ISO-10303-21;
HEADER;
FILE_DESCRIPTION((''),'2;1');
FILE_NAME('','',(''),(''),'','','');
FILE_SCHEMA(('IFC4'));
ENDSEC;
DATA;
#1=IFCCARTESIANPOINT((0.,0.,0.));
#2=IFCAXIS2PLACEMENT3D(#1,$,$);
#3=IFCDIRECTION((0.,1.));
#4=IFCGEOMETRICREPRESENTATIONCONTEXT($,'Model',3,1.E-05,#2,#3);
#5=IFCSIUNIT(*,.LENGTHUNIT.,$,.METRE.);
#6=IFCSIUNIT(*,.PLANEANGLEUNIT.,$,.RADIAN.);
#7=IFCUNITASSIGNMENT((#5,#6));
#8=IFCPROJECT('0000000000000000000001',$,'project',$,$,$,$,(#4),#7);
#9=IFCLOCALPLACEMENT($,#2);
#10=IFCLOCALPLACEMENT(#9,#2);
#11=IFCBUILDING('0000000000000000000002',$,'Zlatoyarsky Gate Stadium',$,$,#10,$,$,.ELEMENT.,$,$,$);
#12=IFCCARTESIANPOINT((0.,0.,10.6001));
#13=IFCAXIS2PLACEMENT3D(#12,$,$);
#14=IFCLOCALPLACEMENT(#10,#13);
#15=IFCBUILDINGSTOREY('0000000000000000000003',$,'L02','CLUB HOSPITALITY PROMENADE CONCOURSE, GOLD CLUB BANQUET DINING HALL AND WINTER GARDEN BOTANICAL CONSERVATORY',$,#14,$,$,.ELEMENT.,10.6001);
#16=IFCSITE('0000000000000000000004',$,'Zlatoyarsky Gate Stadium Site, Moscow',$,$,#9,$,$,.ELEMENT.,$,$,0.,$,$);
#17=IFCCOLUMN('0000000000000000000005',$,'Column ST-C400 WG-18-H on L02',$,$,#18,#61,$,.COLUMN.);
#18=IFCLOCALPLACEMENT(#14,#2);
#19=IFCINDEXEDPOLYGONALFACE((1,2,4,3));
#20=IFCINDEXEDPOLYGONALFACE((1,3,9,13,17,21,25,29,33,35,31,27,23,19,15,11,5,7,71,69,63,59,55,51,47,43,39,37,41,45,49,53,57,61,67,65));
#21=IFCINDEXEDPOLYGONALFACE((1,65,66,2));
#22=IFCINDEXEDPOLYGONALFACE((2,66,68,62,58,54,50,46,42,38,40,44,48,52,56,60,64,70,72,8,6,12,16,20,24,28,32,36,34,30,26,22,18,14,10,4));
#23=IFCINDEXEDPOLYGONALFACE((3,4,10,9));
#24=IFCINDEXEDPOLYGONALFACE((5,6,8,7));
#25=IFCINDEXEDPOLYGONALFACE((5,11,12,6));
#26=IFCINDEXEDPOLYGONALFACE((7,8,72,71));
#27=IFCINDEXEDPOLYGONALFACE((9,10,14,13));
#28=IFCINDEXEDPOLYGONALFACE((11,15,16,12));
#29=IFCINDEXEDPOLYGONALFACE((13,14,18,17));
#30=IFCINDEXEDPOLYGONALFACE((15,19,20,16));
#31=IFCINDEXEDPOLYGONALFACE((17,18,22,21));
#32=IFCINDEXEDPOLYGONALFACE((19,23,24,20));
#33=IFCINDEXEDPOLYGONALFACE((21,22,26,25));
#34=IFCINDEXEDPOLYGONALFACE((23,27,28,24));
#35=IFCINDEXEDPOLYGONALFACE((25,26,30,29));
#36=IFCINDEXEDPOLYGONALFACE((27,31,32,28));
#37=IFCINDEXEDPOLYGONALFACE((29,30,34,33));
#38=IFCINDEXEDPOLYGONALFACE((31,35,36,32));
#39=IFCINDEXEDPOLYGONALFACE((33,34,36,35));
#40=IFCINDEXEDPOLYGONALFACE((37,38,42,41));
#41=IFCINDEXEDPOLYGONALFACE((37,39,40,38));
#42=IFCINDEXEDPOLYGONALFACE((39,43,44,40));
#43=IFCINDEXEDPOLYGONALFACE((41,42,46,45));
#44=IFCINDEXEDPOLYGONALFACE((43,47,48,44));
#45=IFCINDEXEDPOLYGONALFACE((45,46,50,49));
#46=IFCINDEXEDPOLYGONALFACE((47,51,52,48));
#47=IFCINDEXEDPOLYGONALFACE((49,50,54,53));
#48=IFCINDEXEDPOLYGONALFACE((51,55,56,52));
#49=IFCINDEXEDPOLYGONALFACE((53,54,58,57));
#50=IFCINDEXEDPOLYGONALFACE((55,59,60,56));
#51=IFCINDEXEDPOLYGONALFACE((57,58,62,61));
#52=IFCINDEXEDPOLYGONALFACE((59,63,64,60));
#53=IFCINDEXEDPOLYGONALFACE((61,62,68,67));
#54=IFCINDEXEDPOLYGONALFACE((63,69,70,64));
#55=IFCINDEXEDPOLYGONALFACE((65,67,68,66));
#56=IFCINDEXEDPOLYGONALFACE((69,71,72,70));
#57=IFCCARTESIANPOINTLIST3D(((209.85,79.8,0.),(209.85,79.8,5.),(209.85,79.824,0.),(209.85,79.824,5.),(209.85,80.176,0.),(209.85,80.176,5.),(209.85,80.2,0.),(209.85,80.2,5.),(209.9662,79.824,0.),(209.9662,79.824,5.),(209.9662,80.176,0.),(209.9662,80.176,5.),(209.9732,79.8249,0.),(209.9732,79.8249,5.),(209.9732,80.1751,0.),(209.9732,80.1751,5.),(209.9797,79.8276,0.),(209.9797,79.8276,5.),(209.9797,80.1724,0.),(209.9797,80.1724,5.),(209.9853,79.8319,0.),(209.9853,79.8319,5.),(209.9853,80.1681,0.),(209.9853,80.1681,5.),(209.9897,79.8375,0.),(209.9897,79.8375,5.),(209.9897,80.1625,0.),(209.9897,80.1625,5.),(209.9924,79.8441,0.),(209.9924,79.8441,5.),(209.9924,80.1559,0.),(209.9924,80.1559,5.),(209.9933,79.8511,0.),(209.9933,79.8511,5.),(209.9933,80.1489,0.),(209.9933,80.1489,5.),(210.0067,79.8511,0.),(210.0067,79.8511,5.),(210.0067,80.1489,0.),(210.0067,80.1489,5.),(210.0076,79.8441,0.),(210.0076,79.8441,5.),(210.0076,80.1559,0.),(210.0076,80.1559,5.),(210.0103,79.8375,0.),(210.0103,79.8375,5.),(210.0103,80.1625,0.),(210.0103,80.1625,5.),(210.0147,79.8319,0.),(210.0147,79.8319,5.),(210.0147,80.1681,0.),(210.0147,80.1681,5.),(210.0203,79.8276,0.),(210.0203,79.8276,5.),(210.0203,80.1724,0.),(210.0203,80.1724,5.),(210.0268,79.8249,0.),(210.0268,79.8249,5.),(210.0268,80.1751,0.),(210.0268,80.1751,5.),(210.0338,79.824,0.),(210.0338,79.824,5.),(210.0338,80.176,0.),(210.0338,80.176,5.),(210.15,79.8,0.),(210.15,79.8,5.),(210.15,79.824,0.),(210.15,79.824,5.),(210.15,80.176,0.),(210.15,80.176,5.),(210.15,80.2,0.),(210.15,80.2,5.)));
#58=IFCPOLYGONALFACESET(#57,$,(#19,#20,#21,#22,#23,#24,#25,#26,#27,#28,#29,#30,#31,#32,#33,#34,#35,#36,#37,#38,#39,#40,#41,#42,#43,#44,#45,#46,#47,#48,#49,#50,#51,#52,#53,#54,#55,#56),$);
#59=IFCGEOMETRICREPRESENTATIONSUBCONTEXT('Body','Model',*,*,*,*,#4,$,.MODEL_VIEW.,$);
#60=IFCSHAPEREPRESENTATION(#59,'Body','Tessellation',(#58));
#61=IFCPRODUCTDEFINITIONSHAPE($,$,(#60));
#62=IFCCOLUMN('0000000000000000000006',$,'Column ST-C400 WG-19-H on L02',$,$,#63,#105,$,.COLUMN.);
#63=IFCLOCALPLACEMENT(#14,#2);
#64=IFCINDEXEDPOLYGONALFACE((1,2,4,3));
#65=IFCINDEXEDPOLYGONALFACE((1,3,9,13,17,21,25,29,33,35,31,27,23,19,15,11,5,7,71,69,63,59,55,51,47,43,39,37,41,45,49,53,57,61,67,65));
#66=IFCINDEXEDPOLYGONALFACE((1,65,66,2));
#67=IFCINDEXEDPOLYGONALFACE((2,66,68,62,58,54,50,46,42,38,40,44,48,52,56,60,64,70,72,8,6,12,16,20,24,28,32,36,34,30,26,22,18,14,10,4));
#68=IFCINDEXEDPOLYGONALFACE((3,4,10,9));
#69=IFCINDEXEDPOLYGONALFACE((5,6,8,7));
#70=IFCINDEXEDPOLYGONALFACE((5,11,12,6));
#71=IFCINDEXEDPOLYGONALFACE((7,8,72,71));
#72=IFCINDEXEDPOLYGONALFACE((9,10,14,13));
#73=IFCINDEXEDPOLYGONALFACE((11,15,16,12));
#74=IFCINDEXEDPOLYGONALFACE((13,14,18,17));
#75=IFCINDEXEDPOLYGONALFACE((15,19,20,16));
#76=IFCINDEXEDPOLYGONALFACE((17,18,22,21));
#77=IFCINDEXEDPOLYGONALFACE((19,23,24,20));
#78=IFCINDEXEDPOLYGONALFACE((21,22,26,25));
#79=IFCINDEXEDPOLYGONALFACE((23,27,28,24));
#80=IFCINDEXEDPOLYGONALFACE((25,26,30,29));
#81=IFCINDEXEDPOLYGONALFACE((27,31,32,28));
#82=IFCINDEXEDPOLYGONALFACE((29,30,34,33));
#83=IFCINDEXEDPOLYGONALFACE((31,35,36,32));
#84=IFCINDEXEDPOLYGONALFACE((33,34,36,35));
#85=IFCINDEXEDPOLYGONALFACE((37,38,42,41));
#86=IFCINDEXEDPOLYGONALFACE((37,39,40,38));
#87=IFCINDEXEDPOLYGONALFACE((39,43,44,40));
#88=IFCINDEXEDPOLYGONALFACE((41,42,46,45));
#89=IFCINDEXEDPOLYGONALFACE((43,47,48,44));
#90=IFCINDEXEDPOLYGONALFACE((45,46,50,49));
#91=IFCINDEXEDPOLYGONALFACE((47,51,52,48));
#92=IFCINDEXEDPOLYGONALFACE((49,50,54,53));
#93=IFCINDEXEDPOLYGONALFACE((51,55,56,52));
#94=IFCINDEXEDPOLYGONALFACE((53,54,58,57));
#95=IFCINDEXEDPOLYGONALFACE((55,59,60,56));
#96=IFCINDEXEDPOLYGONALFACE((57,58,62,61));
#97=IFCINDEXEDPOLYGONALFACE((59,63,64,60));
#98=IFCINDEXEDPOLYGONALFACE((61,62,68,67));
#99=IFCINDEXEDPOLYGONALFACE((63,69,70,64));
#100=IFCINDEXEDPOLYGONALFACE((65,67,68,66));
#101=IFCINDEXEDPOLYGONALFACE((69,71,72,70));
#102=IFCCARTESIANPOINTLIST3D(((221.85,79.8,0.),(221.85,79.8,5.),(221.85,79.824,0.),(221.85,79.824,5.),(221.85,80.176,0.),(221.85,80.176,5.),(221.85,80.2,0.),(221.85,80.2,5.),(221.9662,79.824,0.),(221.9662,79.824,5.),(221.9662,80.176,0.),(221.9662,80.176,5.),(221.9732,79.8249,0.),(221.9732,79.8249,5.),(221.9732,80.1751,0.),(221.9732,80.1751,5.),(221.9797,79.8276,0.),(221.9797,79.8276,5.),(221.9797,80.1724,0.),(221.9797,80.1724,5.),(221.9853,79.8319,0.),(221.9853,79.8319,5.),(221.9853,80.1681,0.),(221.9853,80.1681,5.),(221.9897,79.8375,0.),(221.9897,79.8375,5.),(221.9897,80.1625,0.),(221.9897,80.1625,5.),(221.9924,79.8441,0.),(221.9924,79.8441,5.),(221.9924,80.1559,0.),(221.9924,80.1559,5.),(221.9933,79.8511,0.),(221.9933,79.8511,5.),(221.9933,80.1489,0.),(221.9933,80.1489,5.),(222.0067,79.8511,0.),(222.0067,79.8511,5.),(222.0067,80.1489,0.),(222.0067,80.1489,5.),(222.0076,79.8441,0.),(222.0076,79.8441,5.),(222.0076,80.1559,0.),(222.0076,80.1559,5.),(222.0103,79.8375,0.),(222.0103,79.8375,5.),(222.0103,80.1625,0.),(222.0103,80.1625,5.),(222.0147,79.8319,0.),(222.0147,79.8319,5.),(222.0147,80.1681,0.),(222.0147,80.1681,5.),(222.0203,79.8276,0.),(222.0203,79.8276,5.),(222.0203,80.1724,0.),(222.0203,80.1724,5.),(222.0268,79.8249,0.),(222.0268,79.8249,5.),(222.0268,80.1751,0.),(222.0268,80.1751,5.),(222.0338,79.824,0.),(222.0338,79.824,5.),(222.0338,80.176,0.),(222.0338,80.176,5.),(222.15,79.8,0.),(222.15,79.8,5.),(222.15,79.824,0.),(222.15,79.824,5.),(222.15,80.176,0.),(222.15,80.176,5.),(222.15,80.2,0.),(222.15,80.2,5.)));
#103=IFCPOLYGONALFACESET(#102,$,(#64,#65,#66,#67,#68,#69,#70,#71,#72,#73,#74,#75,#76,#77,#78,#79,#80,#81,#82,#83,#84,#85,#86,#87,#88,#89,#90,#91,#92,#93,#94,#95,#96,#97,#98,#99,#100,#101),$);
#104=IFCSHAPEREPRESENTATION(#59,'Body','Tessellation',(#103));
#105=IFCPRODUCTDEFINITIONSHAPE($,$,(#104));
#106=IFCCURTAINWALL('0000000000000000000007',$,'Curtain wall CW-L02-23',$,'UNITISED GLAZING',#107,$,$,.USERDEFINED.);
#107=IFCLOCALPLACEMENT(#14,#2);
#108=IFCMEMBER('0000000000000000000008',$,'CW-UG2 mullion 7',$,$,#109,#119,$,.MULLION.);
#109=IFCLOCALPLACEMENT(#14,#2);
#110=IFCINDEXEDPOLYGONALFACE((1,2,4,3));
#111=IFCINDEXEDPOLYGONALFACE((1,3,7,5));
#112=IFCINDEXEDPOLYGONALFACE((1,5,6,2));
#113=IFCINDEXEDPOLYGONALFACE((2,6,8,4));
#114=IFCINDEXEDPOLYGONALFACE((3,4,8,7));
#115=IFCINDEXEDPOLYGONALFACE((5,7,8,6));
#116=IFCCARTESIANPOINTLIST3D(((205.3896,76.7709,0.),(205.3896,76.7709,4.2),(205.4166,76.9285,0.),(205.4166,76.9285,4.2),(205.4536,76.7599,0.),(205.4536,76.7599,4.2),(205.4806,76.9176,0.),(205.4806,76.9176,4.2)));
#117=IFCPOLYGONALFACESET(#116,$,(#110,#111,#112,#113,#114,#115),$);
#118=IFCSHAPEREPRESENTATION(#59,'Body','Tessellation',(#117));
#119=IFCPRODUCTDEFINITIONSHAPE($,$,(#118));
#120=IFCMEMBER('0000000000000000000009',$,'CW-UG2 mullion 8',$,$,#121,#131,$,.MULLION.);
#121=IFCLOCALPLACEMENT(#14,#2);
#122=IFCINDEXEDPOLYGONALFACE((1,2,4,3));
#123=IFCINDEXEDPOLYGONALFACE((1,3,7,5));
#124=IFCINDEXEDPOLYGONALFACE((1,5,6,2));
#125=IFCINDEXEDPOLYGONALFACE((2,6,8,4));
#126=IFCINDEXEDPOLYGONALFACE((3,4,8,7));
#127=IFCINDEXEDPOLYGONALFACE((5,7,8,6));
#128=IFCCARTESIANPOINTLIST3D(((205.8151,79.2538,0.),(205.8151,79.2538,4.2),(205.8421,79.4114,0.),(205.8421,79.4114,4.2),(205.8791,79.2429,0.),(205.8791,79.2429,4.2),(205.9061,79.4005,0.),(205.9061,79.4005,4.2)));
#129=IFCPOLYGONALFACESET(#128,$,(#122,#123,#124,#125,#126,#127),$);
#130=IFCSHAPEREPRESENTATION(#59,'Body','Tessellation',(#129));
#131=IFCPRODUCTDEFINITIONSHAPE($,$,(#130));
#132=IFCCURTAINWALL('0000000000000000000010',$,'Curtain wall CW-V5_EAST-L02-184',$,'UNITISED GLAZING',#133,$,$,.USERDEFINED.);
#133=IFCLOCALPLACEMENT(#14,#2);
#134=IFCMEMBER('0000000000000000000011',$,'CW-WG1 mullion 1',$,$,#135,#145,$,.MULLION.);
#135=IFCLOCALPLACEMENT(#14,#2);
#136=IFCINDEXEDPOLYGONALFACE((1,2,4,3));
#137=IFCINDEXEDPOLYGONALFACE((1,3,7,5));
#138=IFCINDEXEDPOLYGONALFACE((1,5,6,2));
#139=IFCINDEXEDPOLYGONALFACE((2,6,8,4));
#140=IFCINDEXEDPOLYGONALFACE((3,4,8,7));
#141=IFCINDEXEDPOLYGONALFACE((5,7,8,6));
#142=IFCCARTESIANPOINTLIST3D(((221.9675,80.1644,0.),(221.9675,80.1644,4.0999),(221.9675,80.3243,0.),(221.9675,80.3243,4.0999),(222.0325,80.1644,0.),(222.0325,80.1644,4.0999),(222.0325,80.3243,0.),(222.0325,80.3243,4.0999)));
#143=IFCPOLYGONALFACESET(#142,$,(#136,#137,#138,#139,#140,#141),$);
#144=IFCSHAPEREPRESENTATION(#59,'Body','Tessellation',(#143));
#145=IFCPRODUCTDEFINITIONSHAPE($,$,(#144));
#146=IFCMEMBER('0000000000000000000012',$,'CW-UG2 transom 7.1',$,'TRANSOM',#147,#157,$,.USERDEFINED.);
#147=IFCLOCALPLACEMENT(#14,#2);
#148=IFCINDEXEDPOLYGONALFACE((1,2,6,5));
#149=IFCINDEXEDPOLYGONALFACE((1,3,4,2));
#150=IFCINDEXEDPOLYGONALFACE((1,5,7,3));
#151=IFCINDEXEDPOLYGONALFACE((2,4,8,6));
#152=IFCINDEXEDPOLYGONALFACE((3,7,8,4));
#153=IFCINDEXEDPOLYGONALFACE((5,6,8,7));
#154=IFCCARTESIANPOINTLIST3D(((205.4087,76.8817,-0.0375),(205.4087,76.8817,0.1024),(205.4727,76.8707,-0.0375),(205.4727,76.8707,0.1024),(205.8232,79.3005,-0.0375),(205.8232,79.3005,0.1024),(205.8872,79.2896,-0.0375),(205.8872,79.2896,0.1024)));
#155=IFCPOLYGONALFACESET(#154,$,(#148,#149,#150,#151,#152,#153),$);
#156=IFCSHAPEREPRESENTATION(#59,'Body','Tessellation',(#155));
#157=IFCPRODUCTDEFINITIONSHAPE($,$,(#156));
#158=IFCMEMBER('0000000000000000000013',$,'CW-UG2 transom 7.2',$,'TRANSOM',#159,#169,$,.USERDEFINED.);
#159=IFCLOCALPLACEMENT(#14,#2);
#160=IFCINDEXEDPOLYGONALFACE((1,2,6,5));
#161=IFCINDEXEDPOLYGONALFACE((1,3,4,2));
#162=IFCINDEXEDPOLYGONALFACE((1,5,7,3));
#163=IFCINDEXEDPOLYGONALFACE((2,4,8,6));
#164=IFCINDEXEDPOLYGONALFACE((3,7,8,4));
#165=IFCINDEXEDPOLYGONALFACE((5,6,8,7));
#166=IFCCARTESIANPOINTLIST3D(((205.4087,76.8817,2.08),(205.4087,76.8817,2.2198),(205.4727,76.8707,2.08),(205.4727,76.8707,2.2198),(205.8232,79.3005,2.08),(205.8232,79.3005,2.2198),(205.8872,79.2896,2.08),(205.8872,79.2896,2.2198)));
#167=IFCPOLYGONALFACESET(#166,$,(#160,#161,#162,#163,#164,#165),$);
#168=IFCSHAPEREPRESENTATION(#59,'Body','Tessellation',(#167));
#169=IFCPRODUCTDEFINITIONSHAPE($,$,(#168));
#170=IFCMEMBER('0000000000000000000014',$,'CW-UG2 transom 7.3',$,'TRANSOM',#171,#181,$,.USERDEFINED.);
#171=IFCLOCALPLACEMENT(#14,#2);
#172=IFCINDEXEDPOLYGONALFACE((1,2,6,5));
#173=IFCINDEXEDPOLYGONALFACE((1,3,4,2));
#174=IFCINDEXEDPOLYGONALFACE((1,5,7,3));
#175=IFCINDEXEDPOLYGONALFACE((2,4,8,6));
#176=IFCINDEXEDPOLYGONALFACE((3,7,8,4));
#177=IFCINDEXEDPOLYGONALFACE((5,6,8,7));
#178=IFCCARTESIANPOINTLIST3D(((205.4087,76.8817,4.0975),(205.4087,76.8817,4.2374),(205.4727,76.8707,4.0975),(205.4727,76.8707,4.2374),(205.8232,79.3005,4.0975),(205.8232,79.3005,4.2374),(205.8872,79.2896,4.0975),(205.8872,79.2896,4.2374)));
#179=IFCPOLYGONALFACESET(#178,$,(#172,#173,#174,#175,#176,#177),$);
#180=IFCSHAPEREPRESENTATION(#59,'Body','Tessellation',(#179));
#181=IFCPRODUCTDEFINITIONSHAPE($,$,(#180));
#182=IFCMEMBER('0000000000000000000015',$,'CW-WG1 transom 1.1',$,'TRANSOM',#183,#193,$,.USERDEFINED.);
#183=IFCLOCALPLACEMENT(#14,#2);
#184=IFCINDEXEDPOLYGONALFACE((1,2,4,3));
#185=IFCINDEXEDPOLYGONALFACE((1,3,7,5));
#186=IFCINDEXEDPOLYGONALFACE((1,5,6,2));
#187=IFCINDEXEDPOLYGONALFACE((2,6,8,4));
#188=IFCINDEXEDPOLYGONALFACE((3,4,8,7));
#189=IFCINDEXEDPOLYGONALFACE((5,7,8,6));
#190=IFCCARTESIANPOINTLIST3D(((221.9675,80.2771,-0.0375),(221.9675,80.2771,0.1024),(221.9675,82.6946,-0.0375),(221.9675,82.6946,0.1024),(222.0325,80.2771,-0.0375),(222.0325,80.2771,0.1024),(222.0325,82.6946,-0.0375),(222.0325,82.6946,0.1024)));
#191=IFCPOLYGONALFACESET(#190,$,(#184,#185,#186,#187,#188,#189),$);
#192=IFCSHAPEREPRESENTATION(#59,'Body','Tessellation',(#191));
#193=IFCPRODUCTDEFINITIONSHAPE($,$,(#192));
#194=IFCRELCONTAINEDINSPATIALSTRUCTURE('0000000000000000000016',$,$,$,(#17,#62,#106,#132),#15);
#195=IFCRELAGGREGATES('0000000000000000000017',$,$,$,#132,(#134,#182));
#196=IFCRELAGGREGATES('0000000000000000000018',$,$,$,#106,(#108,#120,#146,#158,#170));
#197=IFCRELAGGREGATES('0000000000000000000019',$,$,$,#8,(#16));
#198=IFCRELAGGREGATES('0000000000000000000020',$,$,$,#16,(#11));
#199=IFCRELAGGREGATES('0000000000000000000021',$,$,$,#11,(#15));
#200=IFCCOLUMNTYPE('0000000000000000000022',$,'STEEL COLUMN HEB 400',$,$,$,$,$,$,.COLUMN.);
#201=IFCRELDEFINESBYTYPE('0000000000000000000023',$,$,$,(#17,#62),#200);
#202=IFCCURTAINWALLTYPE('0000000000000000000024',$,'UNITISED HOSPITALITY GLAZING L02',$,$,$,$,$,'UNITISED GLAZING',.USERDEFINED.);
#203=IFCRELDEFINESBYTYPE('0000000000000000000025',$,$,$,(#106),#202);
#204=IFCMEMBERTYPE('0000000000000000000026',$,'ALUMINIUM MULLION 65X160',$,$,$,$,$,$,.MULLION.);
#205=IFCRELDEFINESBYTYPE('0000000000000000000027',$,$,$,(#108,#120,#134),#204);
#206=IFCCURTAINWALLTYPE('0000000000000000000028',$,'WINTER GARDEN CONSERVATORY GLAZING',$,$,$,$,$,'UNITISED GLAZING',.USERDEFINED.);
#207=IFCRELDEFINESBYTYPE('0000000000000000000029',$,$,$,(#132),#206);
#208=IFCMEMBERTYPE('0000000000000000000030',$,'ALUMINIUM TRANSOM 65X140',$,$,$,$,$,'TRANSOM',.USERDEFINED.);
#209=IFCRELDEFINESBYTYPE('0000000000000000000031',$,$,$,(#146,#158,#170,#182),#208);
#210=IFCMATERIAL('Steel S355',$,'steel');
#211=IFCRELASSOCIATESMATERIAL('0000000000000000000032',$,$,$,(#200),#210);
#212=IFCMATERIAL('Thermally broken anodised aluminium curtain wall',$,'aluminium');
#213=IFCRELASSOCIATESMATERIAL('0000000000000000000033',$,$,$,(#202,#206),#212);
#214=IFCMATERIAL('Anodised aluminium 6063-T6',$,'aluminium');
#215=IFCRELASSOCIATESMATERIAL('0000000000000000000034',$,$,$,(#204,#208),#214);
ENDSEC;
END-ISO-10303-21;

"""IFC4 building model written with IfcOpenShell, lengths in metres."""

from ifc_helpers import new_model, si_unit, direction, frame, origin, origin_2d, place, context, subcontext, project, spatial, rectangle, i_section, extrude, material, material_profile, profile_set, type_object, element, aggregate, save


model = new_model("IFC4")

# Units and contexts
model_context = context("Model", 3, precision=1e-05, world=origin(), true_north=direction((0.0, 1.0)))
body_context = subcontext(model_context, "Body", "Model", "MODEL_VIEW")
ifc_project = project(units=[si_unit("LENGTHUNIT", "METRE"), si_unit("PLANEANGLEUNIT", "RADIAN")], contexts=[model_context])

# Site, building, storey
site_placement = place(None, origin())
site = spatial("IfcSite", under=ifc_project, at=site_placement, Name="Zlatoyarsky Gate Stadium Site, Moscow", CompositionType="ELEMENT", RefElevation=0.0)
building_placement = place(site_placement, origin())
building = spatial("IfcBuilding", under=site, at=building_placement, Name="Zlatoyarsky Gate Stadium", CompositionType="ELEMENT")
storey_placement = place(building_placement, frame((0.0, 0.0, 10.6001)))
storey = spatial("IfcBuildingStorey", under=building, at=storey_placement, Name="L02", Description="CLUB HOSPITALITY PROMENADE CONCOURSE, GOLD CLUB BANQUET DINING HALL AND WINTER GARDEN BOTANICAL CONSERVATORY", CompositionType="ELEMENT", Elevation=10.6001)

# Columns
ifc_material_1 = material(Name="Steel S355", Category="steel")
ifc_material_profile_1 = material_profile(ifc_material_1, i_section(OverallWidth=0.3, OverallDepth=0.3999, WebThickness=0.0134, FlangeThickness=0.0239, FilletRadius=0.0271, at=origin_2d()), Name="HEB 400")
ifc_profile_set_1 = profile_set([ifc_material_profile_1], Name="Steel S355")
column_type = type_object("IfcColumnType", Name="STEEL COLUMN HEB 400", PredefinedType="COLUMN", material=ifc_profile_set_1)
for number, where, z_axis, x_axis, name in (
    (1, (210.0, 80.0, 0.0), (0.0, 0.0, 1.0), (1.0, 0.0, 0.0), "Column ST-C400 WG-18-H on L02"),
    (2, (222.0, 80.0, 0.0), (0.0, 0.0, 1.0), (1.0, 0.0, 0.0), "Column ST-C400 WG-19-H on L02"),
):
    element("IfcColumn", number, at=place(storey_placement, frame(where, z_axis=z_axis, x_axis=x_axis)), inside=storey, type_object=column_type, Name=name, PredefinedType="COLUMN", context=body_context, shape_type="SweptSolid", body=[
        extrude(i_section(OverallWidth=0.3, OverallDepth=0.3999, WebThickness=0.0134, FlangeThickness=0.0239, FilletRadius=0.0271, at=origin_2d()), origin(), (0.0, 0.0, 1.0), 5.0),
    ])

# Curtain wall, members
ifc_material_2 = material(Name="Thermally broken anodised aluminium curtain wall", Category="aluminium")
curtain_wall_type_1 = type_object("IfcCurtainWallType", Name="UNITISED HOSPITALITY GLAZING L02", ElementType="UNITISED GLAZING", PredefinedType="USERDEFINED", material=ifc_material_2)
curtain_wall_1_placement = place(storey_placement, origin())
curtain_wall_1 = element("IfcCurtainWall", 3, at=curtain_wall_1_placement, inside=storey, type_object=curtain_wall_type_1, Name="Curtain wall CW-L02-23", ObjectType="UNITISED GLAZING", PredefinedType="USERDEFINED")
ifc_material_3 = material(Name="Anodised aluminium 6063-T6", Category="aluminium")
ifc_material_profile_2 = material_profile(ifc_material_3, rectangle(XDim=0.0649, YDim=0.1599, at=origin_2d()), Name="ALU 65X160")
ifc_profile_set_2 = profile_set([ifc_material_profile_2], Name="Anodised aluminium 6063-T6")
member_type_1 = type_object("IfcMemberType", Name="ALUMINIUM MULLION 65X160", PredefinedType="MULLION", material=ifc_profile_set_2)
member_1_placement = place(storey_placement, frame((205.4351, 76.8442, 0.0), z_axis=(0.0, 0.0, 1.0), x_axis=(-0.985637, 0.168876, 0.0)))
member_1 = element("IfcMember", 4, at=member_1_placement, type_object=member_type_1, Name="CW-UG2 mullion 7", PredefinedType="MULLION", context=body_context, shape_type="SweptSolid", body=[
    extrude(rectangle(XDim=0.0649, YDim=0.1599, at=origin_2d()), origin(), (0.0, 0.0, 1.0), 4.2),
])
member_2_placement = place(storey_placement, frame((205.8606, 79.3271, 0.0), z_axis=(0.0, 0.0, 1.0), x_axis=(-0.985637, 0.168876, 0.0)))
member_2 = element("IfcMember", 5, at=member_2_placement, type_object=member_type_1, Name="CW-UG2 mullion 8", PredefinedType="MULLION", context=body_context, shape_type="SweptSolid", body=[
    extrude(rectangle(XDim=0.0649, YDim=0.1599, at=origin_2d()), origin(), (0.0, 0.0, 1.0), 4.2),
])

# Curtain wall, member
curtain_wall_type_2 = type_object("IfcCurtainWallType", Name="WINTER GARDEN CONSERVATORY GLAZING", ElementType="UNITISED GLAZING", PredefinedType="USERDEFINED", material=ifc_material_2)
curtain_wall_2_placement = place(storey_placement, origin())
curtain_wall_2 = element("IfcCurtainWall", 6, at=curtain_wall_2_placement, inside=storey, type_object=curtain_wall_type_2, Name="Curtain wall CW-V5_EAST-L02-184", ObjectType="UNITISED GLAZING", PredefinedType="USERDEFINED")
member_3_placement = place(storey_placement, frame((222.0, 80.2444, 0.0), z_axis=(0.0, 0.0, 1.0), x_axis=(-1.0, 0.0, 0.0)))
member_3 = element("IfcMember", 7, at=member_3_placement, type_object=member_type_1, Name="CW-WG1 mullion 1", PredefinedType="MULLION", context=body_context, shape_type="SweptSolid", body=[
    extrude(rectangle(XDim=0.0649, YDim=0.1599, at=origin_2d()), origin(), (0.0, 0.0, 1.0), 4.0999),
])

# Members
ifc_material_profile_3 = material_profile(ifc_material_3, rectangle(XDim=0.0649, YDim=0.1399, at=origin_2d()), Name="ALU 65X140")
ifc_profile_set_3 = profile_set([ifc_material_profile_3], Name="Anodised aluminium 6063-T6")
member_type_2 = type_object("IfcMemberType", Name="ALUMINIUM TRANSOM 65X140", ElementType="TRANSOM", PredefinedType="USERDEFINED", material=ifc_profile_set_3)
member_4_placement = place(storey_placement, frame((205.4407, 76.8762, 0.0325), z_axis=(0.168914, 0.985631, 0.0), x_axis=(-0.985631, 0.168914, 0.0)))
member_4 = element("IfcMember", 8, at=member_4_placement, type_object=member_type_2, Name="CW-UG2 transom 7.1", ObjectType="TRANSOM", PredefinedType="USERDEFINED", context=body_context, shape_type="SweptSolid", body=[
    extrude(rectangle(XDim=0.0649, YDim=0.1399, at=origin_2d()), origin(), (0.0, 0.0, 1.0), 2.4541),
])
member_5_placement = place(storey_placement, frame((205.4407, 76.8762, 2.1499), z_axis=(0.168914, 0.985631, 0.0), x_axis=(-0.985631, 0.168914, 0.0)))
member_5 = element("IfcMember", 9, at=member_5_placement, type_object=member_type_2, Name="CW-UG2 transom 7.2", ObjectType="TRANSOM", PredefinedType="USERDEFINED", context=body_context, shape_type="SweptSolid", body=[
    extrude(rectangle(XDim=0.0649, YDim=0.1399, at=origin_2d()), origin(), (0.0, 0.0, 1.0), 2.4541),
])
member_6_placement = place(storey_placement, frame((205.4407, 76.8762, 4.1675), z_axis=(0.168914, 0.985631, 0.0), x_axis=(-0.985631, 0.168914, 0.0)))
member_6 = element("IfcMember", 10, at=member_6_placement, type_object=member_type_2, Name="CW-UG2 transom 7.3", ObjectType="TRANSOM", PredefinedType="USERDEFINED", context=body_context, shape_type="SweptSolid", body=[
    extrude(rectangle(XDim=0.0649, YDim=0.1399, at=origin_2d()), origin(), (0.0, 0.0, 1.0), 2.4541),
])
member_7_placement = place(storey_placement, frame((222.0, 80.2771, 0.0325), z_axis=(0.0, 1.0, 0.0), x_axis=(-1.0, 0.0, 0.0)))
member_7 = element("IfcMember", 11, at=member_7_placement, type_object=member_type_2, Name="CW-WG1 transom 1.1", ObjectType="TRANSOM", PredefinedType="USERDEFINED", context=body_context, shape_type="SweptSolid", body=[
    extrude(rectangle(XDim=0.0649, YDim=0.1399, at=origin_2d()), origin(), (0.0, 0.0, 1.0), 2.4175),
])
aggregate(curtain_wall_2, [member_3, member_7])

aggregate(curtain_wall_1, [member_1, member_2, member_4, member_5, member_6])

save(model, "model.ifc")
